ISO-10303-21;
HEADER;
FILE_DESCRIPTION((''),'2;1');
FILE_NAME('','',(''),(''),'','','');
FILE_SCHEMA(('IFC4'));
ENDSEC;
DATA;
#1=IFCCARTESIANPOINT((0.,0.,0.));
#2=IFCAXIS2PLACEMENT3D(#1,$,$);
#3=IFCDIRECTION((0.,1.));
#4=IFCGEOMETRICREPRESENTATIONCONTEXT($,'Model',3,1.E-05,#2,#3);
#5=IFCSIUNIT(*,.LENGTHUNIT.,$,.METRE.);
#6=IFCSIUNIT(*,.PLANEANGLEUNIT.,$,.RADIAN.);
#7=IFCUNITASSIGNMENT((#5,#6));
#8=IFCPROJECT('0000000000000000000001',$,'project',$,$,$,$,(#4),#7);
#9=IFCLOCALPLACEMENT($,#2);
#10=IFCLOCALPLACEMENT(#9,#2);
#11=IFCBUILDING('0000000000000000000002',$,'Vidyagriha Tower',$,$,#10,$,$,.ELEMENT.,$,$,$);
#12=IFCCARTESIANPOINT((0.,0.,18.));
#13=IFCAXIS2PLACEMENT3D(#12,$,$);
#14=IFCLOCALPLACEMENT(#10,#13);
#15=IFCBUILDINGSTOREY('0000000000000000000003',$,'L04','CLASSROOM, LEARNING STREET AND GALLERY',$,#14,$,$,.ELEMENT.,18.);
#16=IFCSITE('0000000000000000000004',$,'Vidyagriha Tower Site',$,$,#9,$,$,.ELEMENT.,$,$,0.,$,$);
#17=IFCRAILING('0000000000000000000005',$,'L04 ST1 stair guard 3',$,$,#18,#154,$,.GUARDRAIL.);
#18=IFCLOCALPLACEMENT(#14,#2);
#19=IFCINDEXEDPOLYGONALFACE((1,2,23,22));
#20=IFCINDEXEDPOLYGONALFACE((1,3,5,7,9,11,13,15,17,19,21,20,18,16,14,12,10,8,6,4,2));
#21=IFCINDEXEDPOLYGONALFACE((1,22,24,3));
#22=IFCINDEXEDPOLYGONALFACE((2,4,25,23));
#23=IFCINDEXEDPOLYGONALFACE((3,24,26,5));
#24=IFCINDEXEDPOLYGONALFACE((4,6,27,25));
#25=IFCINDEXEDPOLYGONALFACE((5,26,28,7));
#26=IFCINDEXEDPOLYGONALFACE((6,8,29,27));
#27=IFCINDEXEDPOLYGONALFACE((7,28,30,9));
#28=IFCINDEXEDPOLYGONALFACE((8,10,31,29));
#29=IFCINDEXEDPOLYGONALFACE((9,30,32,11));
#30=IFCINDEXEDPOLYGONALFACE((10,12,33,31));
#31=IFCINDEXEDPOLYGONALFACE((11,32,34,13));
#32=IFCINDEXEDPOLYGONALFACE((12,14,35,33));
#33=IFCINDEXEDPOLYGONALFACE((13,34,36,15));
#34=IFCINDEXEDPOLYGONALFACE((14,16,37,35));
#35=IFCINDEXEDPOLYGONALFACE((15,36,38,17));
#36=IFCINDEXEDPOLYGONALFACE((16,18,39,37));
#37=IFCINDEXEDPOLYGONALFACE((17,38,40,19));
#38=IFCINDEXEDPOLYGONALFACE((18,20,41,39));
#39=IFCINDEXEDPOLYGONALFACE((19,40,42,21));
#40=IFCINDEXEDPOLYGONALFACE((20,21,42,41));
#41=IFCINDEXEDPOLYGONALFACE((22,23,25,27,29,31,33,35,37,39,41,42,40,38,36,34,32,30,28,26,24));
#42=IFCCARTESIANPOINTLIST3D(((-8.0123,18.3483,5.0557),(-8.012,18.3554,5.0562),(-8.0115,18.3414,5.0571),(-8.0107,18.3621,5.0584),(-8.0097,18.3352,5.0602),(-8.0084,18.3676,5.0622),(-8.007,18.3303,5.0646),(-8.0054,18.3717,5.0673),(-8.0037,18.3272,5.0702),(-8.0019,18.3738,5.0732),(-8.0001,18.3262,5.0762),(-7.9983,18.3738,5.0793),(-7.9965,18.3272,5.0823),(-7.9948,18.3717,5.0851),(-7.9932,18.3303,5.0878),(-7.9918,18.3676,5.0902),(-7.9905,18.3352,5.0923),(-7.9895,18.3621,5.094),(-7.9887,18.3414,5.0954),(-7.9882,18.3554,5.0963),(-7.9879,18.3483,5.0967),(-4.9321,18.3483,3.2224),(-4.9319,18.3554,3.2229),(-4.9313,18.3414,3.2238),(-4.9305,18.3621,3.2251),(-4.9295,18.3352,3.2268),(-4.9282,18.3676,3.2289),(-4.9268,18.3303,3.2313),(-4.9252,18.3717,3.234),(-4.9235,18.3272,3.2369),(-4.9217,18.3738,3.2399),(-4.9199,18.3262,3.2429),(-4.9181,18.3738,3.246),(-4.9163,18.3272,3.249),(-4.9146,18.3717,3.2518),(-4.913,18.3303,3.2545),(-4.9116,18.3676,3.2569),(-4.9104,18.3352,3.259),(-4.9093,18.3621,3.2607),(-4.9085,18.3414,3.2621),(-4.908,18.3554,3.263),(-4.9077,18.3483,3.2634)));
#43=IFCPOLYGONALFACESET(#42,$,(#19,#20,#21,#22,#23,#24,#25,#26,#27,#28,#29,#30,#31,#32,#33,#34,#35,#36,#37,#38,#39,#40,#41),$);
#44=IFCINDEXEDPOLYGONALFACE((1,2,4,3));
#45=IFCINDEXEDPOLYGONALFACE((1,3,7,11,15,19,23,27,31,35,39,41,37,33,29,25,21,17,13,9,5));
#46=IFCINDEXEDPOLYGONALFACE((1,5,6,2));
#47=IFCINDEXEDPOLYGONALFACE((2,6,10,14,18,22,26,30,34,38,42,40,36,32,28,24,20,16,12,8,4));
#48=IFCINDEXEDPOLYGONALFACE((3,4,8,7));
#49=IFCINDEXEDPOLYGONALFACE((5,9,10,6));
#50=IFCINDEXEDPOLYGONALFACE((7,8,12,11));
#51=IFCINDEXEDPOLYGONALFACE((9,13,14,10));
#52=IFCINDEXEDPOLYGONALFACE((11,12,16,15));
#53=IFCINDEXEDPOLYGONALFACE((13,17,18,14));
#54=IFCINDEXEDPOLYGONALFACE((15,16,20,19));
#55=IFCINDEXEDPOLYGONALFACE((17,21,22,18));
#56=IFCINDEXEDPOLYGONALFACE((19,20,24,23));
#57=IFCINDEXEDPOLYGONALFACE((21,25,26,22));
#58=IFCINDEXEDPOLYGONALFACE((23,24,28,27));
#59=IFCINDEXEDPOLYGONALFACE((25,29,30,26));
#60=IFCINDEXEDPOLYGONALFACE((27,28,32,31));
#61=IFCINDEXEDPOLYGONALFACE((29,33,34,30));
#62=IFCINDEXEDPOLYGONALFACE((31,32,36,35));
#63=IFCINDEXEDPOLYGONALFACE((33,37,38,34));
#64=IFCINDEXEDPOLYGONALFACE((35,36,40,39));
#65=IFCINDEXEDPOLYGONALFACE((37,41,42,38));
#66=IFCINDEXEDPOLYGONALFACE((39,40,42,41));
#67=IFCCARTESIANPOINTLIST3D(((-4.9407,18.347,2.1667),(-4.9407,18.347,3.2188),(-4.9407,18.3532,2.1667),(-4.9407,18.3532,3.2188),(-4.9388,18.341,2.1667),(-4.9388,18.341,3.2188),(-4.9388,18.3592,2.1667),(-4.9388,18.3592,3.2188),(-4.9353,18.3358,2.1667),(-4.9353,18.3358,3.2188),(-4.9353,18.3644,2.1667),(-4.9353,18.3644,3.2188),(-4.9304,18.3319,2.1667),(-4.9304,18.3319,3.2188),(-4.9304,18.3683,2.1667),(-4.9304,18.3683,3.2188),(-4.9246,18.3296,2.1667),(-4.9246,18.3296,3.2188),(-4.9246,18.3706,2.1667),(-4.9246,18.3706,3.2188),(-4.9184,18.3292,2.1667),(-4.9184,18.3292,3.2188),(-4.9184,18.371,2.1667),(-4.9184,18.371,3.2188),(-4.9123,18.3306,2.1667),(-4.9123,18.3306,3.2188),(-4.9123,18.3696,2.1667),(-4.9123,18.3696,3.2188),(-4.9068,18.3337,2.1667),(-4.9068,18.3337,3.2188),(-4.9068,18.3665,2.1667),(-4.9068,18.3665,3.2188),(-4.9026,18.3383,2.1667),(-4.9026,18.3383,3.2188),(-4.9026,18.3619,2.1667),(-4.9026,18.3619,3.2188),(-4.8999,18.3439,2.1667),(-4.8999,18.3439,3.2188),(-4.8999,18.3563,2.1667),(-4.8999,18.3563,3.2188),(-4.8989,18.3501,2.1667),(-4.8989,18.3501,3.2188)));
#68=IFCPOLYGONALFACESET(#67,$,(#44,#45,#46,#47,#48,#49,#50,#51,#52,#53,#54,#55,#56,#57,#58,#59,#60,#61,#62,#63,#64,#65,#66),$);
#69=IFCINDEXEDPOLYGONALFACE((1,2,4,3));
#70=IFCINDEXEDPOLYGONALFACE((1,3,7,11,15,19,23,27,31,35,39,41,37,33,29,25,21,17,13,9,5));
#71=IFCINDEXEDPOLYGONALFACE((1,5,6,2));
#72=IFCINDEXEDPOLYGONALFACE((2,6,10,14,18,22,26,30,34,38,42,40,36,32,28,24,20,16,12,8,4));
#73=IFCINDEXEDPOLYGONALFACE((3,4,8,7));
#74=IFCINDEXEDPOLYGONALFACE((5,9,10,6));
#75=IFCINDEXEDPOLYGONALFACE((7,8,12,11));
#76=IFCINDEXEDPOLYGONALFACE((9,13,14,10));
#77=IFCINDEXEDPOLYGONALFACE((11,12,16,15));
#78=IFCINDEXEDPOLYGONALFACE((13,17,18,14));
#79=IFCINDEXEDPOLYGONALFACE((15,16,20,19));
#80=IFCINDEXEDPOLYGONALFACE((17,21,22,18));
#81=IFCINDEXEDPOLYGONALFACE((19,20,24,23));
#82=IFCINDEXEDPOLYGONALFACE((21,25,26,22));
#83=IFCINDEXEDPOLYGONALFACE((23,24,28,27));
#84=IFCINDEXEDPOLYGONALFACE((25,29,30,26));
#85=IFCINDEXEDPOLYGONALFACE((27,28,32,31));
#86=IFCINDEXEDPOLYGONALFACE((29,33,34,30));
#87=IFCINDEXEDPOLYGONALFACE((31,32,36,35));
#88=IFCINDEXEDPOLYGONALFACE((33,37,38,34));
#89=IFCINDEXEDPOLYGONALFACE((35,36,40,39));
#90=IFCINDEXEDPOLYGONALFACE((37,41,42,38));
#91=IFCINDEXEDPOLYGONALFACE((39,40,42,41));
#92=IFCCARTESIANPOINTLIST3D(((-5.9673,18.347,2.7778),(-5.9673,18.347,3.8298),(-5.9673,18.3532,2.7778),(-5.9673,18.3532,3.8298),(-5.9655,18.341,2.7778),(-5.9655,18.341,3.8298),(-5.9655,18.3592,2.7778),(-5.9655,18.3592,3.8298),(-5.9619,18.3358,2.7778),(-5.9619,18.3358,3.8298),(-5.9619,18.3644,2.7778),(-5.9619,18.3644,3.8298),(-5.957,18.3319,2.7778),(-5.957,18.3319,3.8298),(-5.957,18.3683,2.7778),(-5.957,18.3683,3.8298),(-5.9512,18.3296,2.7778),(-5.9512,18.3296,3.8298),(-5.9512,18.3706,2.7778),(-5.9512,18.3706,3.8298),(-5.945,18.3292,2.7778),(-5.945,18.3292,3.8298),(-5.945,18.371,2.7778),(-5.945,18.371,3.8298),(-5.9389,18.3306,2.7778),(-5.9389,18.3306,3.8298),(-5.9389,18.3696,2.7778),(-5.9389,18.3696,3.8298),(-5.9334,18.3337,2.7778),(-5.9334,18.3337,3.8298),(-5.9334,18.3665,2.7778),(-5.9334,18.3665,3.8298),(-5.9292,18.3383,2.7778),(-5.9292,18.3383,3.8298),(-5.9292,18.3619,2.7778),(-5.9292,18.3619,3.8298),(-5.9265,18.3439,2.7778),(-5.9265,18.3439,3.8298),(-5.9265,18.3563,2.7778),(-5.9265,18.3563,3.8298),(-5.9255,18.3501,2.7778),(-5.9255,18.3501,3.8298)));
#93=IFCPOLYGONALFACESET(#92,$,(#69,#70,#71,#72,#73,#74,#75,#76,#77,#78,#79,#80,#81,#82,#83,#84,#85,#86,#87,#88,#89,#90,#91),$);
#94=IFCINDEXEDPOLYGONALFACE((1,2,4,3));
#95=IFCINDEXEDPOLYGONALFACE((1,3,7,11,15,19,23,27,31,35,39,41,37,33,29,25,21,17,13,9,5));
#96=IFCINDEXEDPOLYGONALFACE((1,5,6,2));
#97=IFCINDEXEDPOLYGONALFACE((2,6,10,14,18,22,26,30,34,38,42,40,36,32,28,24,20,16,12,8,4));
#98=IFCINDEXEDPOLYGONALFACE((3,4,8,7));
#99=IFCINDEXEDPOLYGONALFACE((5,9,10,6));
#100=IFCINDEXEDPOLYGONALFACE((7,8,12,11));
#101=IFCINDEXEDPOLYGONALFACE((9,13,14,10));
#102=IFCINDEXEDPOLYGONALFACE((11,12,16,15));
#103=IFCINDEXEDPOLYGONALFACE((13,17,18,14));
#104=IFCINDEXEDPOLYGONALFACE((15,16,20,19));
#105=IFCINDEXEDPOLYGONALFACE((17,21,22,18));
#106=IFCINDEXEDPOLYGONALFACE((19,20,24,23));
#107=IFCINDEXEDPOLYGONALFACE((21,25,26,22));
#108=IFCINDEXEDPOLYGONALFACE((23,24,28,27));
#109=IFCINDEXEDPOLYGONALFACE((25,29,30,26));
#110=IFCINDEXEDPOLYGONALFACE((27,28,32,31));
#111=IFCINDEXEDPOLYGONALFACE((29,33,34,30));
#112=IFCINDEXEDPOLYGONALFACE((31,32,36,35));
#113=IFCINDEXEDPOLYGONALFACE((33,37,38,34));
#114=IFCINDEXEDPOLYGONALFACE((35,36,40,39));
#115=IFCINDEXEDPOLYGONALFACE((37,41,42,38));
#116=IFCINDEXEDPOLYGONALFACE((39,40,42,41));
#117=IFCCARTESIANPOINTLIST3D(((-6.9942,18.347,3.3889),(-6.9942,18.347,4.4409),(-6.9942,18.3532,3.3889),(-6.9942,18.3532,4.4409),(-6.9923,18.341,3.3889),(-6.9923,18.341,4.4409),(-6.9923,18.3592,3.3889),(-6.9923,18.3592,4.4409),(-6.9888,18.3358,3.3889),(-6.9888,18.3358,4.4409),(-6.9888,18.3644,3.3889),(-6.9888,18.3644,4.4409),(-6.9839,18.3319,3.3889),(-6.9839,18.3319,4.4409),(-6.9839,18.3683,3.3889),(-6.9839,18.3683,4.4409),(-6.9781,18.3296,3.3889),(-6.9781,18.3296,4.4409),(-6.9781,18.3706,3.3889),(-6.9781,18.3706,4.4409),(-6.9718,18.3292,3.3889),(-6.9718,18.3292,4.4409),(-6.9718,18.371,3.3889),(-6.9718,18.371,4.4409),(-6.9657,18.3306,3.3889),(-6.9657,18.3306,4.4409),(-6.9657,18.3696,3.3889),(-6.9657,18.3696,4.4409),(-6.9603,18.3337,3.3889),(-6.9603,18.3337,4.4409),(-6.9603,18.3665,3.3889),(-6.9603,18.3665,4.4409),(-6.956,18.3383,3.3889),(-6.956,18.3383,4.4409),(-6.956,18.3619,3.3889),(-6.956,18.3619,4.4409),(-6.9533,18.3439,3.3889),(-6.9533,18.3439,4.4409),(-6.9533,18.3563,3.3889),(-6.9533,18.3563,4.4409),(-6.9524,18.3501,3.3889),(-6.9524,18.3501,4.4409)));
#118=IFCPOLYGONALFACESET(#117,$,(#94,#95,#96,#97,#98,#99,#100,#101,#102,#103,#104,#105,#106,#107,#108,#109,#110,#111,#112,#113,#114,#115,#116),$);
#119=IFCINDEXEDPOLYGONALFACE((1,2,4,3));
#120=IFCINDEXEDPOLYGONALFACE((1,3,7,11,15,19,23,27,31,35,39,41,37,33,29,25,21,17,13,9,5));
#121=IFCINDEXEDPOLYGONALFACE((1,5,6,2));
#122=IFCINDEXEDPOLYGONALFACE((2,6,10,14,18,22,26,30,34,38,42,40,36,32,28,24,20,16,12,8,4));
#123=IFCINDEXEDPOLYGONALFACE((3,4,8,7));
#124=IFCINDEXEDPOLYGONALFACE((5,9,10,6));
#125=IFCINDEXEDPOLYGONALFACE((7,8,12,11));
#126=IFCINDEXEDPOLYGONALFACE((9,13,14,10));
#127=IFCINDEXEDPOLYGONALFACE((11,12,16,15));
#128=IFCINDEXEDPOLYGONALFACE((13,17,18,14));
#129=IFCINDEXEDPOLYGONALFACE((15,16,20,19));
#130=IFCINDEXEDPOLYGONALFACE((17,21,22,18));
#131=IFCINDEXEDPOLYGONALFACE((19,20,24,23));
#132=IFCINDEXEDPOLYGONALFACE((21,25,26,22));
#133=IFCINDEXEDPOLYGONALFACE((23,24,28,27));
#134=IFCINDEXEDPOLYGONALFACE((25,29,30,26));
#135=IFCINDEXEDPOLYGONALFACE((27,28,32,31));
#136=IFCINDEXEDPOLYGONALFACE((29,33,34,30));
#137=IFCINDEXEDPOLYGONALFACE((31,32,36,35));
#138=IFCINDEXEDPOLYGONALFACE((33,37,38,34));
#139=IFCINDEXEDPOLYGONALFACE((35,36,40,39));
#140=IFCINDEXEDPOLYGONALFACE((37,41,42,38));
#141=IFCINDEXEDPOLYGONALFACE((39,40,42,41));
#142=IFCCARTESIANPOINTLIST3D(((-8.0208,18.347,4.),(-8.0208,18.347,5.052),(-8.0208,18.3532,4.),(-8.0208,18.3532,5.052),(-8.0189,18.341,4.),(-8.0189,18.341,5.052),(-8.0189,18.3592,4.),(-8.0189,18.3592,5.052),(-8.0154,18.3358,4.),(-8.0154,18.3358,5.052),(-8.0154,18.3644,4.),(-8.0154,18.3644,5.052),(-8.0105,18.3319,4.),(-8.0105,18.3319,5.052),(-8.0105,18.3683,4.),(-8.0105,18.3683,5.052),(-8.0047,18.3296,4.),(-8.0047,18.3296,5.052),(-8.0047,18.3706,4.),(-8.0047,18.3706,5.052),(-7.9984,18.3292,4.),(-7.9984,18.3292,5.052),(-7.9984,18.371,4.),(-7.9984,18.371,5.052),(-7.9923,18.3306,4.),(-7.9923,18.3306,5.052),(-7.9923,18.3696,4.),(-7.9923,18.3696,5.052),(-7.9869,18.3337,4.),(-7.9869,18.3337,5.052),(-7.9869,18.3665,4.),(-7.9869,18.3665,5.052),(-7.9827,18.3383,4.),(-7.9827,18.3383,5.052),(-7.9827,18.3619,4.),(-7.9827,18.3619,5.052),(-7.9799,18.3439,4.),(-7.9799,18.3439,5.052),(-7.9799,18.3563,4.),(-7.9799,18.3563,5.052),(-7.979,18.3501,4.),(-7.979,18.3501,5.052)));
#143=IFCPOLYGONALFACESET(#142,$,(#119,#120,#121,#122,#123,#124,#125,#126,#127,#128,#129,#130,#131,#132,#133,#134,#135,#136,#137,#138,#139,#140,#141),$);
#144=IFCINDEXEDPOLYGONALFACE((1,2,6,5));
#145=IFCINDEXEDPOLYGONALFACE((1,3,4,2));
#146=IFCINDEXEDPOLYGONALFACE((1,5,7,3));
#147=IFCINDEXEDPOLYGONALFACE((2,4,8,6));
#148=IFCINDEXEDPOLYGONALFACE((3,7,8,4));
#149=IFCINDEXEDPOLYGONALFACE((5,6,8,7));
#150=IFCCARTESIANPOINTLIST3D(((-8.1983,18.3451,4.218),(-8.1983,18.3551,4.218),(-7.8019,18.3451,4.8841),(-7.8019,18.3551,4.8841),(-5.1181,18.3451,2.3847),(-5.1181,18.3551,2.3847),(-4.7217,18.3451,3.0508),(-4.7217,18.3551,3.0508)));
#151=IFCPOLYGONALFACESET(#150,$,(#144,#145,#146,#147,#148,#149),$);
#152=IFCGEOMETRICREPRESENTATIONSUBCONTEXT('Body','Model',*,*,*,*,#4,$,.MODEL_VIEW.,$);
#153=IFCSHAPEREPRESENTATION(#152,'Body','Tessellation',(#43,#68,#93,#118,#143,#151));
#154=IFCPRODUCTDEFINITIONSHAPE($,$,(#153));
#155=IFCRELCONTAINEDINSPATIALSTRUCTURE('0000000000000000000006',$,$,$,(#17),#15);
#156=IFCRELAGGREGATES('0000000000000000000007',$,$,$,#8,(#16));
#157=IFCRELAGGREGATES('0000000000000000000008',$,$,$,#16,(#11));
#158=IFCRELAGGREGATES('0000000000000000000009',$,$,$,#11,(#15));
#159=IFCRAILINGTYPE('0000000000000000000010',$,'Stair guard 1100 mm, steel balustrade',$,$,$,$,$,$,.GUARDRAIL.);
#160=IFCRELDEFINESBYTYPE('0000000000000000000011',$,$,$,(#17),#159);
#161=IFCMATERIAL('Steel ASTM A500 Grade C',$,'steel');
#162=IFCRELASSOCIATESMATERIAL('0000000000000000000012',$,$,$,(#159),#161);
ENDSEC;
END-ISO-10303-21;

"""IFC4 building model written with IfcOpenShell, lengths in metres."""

from ifc_helpers import new_model, si_unit, direction, frame, origin, origin_2d, place, context, subcontext, project, spatial, rectangle, circle, extrude, material, type_object, element, save


model = new_model("IFC4")

# Units and contexts
model_context = context("Model", 3, precision=1e-05, world=origin(), true_north=direction((0.0, 1.0)))
body_context = subcontext(model_context, "Body", "Model", "MODEL_VIEW")
ifc_project = project(units=[si_unit("LENGTHUNIT", "METRE"), si_unit("PLANEANGLEUNIT", "RADIAN")], contexts=[model_context])

# Site, building, storey
site_placement = place(None, origin())
site = spatial("IfcSite", under=ifc_project, at=site_placement, Name="Vidyagriha Tower Site", CompositionType="ELEMENT", RefElevation=0.0)
building_placement = place(site_placement, origin())
building = spatial("IfcBuilding", under=site, at=building_placement, Name="Vidyagriha Tower", CompositionType="ELEMENT")
storey_placement = place(building_placement, frame((0.0, 0.0, 18.0)))
storey = spatial("IfcBuildingStorey", under=building, at=storey_placement, Name="L04", Description="CLASSROOM, LEARNING STREET AND GALLERY", CompositionType="ELEMENT", Elevation=18.0)

# Railing
ifc_material_1 = material(Name="Steel ASTM A500 Grade C", Category="steel")
railing_type_1 = type_object("IfcRailingType", Name="Stair guard 1100 mm, steel balustrade", PredefinedType="GUARDRAIL", material=ifc_material_1)
railing_1_placement = place(storey_placement, frame((-4.9199, 18.3501, 2.1667)))
element("IfcRailing", 1, at=railing_1_placement, inside=storey, type_object=railing_type_1, Name="L04 ST1 stair guard 3", PredefinedType="GUARDRAIL", context=body_context, shape_type="SweptSolid", body=[
    extrude(circle(Radius=0.0239, at=origin_2d()), frame((0.0, 0.0, 1.0762), z_axis=(-0.859309, 0.0, 0.511458), x_axis=(0.0, -1.0, 0.0)), (0.0, 0.0, 1.0), 3.5845),
    extrude(circle(Radius=0.021, at=origin_2d()), origin(), (0.0, 0.0, 1.0), 1.052),
    extrude(circle(Radius=0.021, at=origin_2d()), frame((-1.0266, 0.0, 0.6111)), (0.0, 0.0, 1.0), 1.052),
    extrude(circle(Radius=0.021, at=origin_2d()), frame((-2.0535, 0.0, 1.2222)), (0.0, 0.0, 1.0), 1.052),
    extrude(circle(Radius=0.021, at=origin_2d()), frame((-3.0801, 0.0, 1.8333)), (0.0, 0.0, 1.0), 1.052),
    extrude(rectangle(XDim=0.01, YDim=0.7751, at=origin_2d()), frame((0.0, 0.0, 0.551), z_axis=(-0.859309, 0.0, 0.511458), x_axis=(0.0, -1.0, 0.0)), (0.0, 0.0, 1.0), 3.5845),
])

save(model, "model.ifc")
